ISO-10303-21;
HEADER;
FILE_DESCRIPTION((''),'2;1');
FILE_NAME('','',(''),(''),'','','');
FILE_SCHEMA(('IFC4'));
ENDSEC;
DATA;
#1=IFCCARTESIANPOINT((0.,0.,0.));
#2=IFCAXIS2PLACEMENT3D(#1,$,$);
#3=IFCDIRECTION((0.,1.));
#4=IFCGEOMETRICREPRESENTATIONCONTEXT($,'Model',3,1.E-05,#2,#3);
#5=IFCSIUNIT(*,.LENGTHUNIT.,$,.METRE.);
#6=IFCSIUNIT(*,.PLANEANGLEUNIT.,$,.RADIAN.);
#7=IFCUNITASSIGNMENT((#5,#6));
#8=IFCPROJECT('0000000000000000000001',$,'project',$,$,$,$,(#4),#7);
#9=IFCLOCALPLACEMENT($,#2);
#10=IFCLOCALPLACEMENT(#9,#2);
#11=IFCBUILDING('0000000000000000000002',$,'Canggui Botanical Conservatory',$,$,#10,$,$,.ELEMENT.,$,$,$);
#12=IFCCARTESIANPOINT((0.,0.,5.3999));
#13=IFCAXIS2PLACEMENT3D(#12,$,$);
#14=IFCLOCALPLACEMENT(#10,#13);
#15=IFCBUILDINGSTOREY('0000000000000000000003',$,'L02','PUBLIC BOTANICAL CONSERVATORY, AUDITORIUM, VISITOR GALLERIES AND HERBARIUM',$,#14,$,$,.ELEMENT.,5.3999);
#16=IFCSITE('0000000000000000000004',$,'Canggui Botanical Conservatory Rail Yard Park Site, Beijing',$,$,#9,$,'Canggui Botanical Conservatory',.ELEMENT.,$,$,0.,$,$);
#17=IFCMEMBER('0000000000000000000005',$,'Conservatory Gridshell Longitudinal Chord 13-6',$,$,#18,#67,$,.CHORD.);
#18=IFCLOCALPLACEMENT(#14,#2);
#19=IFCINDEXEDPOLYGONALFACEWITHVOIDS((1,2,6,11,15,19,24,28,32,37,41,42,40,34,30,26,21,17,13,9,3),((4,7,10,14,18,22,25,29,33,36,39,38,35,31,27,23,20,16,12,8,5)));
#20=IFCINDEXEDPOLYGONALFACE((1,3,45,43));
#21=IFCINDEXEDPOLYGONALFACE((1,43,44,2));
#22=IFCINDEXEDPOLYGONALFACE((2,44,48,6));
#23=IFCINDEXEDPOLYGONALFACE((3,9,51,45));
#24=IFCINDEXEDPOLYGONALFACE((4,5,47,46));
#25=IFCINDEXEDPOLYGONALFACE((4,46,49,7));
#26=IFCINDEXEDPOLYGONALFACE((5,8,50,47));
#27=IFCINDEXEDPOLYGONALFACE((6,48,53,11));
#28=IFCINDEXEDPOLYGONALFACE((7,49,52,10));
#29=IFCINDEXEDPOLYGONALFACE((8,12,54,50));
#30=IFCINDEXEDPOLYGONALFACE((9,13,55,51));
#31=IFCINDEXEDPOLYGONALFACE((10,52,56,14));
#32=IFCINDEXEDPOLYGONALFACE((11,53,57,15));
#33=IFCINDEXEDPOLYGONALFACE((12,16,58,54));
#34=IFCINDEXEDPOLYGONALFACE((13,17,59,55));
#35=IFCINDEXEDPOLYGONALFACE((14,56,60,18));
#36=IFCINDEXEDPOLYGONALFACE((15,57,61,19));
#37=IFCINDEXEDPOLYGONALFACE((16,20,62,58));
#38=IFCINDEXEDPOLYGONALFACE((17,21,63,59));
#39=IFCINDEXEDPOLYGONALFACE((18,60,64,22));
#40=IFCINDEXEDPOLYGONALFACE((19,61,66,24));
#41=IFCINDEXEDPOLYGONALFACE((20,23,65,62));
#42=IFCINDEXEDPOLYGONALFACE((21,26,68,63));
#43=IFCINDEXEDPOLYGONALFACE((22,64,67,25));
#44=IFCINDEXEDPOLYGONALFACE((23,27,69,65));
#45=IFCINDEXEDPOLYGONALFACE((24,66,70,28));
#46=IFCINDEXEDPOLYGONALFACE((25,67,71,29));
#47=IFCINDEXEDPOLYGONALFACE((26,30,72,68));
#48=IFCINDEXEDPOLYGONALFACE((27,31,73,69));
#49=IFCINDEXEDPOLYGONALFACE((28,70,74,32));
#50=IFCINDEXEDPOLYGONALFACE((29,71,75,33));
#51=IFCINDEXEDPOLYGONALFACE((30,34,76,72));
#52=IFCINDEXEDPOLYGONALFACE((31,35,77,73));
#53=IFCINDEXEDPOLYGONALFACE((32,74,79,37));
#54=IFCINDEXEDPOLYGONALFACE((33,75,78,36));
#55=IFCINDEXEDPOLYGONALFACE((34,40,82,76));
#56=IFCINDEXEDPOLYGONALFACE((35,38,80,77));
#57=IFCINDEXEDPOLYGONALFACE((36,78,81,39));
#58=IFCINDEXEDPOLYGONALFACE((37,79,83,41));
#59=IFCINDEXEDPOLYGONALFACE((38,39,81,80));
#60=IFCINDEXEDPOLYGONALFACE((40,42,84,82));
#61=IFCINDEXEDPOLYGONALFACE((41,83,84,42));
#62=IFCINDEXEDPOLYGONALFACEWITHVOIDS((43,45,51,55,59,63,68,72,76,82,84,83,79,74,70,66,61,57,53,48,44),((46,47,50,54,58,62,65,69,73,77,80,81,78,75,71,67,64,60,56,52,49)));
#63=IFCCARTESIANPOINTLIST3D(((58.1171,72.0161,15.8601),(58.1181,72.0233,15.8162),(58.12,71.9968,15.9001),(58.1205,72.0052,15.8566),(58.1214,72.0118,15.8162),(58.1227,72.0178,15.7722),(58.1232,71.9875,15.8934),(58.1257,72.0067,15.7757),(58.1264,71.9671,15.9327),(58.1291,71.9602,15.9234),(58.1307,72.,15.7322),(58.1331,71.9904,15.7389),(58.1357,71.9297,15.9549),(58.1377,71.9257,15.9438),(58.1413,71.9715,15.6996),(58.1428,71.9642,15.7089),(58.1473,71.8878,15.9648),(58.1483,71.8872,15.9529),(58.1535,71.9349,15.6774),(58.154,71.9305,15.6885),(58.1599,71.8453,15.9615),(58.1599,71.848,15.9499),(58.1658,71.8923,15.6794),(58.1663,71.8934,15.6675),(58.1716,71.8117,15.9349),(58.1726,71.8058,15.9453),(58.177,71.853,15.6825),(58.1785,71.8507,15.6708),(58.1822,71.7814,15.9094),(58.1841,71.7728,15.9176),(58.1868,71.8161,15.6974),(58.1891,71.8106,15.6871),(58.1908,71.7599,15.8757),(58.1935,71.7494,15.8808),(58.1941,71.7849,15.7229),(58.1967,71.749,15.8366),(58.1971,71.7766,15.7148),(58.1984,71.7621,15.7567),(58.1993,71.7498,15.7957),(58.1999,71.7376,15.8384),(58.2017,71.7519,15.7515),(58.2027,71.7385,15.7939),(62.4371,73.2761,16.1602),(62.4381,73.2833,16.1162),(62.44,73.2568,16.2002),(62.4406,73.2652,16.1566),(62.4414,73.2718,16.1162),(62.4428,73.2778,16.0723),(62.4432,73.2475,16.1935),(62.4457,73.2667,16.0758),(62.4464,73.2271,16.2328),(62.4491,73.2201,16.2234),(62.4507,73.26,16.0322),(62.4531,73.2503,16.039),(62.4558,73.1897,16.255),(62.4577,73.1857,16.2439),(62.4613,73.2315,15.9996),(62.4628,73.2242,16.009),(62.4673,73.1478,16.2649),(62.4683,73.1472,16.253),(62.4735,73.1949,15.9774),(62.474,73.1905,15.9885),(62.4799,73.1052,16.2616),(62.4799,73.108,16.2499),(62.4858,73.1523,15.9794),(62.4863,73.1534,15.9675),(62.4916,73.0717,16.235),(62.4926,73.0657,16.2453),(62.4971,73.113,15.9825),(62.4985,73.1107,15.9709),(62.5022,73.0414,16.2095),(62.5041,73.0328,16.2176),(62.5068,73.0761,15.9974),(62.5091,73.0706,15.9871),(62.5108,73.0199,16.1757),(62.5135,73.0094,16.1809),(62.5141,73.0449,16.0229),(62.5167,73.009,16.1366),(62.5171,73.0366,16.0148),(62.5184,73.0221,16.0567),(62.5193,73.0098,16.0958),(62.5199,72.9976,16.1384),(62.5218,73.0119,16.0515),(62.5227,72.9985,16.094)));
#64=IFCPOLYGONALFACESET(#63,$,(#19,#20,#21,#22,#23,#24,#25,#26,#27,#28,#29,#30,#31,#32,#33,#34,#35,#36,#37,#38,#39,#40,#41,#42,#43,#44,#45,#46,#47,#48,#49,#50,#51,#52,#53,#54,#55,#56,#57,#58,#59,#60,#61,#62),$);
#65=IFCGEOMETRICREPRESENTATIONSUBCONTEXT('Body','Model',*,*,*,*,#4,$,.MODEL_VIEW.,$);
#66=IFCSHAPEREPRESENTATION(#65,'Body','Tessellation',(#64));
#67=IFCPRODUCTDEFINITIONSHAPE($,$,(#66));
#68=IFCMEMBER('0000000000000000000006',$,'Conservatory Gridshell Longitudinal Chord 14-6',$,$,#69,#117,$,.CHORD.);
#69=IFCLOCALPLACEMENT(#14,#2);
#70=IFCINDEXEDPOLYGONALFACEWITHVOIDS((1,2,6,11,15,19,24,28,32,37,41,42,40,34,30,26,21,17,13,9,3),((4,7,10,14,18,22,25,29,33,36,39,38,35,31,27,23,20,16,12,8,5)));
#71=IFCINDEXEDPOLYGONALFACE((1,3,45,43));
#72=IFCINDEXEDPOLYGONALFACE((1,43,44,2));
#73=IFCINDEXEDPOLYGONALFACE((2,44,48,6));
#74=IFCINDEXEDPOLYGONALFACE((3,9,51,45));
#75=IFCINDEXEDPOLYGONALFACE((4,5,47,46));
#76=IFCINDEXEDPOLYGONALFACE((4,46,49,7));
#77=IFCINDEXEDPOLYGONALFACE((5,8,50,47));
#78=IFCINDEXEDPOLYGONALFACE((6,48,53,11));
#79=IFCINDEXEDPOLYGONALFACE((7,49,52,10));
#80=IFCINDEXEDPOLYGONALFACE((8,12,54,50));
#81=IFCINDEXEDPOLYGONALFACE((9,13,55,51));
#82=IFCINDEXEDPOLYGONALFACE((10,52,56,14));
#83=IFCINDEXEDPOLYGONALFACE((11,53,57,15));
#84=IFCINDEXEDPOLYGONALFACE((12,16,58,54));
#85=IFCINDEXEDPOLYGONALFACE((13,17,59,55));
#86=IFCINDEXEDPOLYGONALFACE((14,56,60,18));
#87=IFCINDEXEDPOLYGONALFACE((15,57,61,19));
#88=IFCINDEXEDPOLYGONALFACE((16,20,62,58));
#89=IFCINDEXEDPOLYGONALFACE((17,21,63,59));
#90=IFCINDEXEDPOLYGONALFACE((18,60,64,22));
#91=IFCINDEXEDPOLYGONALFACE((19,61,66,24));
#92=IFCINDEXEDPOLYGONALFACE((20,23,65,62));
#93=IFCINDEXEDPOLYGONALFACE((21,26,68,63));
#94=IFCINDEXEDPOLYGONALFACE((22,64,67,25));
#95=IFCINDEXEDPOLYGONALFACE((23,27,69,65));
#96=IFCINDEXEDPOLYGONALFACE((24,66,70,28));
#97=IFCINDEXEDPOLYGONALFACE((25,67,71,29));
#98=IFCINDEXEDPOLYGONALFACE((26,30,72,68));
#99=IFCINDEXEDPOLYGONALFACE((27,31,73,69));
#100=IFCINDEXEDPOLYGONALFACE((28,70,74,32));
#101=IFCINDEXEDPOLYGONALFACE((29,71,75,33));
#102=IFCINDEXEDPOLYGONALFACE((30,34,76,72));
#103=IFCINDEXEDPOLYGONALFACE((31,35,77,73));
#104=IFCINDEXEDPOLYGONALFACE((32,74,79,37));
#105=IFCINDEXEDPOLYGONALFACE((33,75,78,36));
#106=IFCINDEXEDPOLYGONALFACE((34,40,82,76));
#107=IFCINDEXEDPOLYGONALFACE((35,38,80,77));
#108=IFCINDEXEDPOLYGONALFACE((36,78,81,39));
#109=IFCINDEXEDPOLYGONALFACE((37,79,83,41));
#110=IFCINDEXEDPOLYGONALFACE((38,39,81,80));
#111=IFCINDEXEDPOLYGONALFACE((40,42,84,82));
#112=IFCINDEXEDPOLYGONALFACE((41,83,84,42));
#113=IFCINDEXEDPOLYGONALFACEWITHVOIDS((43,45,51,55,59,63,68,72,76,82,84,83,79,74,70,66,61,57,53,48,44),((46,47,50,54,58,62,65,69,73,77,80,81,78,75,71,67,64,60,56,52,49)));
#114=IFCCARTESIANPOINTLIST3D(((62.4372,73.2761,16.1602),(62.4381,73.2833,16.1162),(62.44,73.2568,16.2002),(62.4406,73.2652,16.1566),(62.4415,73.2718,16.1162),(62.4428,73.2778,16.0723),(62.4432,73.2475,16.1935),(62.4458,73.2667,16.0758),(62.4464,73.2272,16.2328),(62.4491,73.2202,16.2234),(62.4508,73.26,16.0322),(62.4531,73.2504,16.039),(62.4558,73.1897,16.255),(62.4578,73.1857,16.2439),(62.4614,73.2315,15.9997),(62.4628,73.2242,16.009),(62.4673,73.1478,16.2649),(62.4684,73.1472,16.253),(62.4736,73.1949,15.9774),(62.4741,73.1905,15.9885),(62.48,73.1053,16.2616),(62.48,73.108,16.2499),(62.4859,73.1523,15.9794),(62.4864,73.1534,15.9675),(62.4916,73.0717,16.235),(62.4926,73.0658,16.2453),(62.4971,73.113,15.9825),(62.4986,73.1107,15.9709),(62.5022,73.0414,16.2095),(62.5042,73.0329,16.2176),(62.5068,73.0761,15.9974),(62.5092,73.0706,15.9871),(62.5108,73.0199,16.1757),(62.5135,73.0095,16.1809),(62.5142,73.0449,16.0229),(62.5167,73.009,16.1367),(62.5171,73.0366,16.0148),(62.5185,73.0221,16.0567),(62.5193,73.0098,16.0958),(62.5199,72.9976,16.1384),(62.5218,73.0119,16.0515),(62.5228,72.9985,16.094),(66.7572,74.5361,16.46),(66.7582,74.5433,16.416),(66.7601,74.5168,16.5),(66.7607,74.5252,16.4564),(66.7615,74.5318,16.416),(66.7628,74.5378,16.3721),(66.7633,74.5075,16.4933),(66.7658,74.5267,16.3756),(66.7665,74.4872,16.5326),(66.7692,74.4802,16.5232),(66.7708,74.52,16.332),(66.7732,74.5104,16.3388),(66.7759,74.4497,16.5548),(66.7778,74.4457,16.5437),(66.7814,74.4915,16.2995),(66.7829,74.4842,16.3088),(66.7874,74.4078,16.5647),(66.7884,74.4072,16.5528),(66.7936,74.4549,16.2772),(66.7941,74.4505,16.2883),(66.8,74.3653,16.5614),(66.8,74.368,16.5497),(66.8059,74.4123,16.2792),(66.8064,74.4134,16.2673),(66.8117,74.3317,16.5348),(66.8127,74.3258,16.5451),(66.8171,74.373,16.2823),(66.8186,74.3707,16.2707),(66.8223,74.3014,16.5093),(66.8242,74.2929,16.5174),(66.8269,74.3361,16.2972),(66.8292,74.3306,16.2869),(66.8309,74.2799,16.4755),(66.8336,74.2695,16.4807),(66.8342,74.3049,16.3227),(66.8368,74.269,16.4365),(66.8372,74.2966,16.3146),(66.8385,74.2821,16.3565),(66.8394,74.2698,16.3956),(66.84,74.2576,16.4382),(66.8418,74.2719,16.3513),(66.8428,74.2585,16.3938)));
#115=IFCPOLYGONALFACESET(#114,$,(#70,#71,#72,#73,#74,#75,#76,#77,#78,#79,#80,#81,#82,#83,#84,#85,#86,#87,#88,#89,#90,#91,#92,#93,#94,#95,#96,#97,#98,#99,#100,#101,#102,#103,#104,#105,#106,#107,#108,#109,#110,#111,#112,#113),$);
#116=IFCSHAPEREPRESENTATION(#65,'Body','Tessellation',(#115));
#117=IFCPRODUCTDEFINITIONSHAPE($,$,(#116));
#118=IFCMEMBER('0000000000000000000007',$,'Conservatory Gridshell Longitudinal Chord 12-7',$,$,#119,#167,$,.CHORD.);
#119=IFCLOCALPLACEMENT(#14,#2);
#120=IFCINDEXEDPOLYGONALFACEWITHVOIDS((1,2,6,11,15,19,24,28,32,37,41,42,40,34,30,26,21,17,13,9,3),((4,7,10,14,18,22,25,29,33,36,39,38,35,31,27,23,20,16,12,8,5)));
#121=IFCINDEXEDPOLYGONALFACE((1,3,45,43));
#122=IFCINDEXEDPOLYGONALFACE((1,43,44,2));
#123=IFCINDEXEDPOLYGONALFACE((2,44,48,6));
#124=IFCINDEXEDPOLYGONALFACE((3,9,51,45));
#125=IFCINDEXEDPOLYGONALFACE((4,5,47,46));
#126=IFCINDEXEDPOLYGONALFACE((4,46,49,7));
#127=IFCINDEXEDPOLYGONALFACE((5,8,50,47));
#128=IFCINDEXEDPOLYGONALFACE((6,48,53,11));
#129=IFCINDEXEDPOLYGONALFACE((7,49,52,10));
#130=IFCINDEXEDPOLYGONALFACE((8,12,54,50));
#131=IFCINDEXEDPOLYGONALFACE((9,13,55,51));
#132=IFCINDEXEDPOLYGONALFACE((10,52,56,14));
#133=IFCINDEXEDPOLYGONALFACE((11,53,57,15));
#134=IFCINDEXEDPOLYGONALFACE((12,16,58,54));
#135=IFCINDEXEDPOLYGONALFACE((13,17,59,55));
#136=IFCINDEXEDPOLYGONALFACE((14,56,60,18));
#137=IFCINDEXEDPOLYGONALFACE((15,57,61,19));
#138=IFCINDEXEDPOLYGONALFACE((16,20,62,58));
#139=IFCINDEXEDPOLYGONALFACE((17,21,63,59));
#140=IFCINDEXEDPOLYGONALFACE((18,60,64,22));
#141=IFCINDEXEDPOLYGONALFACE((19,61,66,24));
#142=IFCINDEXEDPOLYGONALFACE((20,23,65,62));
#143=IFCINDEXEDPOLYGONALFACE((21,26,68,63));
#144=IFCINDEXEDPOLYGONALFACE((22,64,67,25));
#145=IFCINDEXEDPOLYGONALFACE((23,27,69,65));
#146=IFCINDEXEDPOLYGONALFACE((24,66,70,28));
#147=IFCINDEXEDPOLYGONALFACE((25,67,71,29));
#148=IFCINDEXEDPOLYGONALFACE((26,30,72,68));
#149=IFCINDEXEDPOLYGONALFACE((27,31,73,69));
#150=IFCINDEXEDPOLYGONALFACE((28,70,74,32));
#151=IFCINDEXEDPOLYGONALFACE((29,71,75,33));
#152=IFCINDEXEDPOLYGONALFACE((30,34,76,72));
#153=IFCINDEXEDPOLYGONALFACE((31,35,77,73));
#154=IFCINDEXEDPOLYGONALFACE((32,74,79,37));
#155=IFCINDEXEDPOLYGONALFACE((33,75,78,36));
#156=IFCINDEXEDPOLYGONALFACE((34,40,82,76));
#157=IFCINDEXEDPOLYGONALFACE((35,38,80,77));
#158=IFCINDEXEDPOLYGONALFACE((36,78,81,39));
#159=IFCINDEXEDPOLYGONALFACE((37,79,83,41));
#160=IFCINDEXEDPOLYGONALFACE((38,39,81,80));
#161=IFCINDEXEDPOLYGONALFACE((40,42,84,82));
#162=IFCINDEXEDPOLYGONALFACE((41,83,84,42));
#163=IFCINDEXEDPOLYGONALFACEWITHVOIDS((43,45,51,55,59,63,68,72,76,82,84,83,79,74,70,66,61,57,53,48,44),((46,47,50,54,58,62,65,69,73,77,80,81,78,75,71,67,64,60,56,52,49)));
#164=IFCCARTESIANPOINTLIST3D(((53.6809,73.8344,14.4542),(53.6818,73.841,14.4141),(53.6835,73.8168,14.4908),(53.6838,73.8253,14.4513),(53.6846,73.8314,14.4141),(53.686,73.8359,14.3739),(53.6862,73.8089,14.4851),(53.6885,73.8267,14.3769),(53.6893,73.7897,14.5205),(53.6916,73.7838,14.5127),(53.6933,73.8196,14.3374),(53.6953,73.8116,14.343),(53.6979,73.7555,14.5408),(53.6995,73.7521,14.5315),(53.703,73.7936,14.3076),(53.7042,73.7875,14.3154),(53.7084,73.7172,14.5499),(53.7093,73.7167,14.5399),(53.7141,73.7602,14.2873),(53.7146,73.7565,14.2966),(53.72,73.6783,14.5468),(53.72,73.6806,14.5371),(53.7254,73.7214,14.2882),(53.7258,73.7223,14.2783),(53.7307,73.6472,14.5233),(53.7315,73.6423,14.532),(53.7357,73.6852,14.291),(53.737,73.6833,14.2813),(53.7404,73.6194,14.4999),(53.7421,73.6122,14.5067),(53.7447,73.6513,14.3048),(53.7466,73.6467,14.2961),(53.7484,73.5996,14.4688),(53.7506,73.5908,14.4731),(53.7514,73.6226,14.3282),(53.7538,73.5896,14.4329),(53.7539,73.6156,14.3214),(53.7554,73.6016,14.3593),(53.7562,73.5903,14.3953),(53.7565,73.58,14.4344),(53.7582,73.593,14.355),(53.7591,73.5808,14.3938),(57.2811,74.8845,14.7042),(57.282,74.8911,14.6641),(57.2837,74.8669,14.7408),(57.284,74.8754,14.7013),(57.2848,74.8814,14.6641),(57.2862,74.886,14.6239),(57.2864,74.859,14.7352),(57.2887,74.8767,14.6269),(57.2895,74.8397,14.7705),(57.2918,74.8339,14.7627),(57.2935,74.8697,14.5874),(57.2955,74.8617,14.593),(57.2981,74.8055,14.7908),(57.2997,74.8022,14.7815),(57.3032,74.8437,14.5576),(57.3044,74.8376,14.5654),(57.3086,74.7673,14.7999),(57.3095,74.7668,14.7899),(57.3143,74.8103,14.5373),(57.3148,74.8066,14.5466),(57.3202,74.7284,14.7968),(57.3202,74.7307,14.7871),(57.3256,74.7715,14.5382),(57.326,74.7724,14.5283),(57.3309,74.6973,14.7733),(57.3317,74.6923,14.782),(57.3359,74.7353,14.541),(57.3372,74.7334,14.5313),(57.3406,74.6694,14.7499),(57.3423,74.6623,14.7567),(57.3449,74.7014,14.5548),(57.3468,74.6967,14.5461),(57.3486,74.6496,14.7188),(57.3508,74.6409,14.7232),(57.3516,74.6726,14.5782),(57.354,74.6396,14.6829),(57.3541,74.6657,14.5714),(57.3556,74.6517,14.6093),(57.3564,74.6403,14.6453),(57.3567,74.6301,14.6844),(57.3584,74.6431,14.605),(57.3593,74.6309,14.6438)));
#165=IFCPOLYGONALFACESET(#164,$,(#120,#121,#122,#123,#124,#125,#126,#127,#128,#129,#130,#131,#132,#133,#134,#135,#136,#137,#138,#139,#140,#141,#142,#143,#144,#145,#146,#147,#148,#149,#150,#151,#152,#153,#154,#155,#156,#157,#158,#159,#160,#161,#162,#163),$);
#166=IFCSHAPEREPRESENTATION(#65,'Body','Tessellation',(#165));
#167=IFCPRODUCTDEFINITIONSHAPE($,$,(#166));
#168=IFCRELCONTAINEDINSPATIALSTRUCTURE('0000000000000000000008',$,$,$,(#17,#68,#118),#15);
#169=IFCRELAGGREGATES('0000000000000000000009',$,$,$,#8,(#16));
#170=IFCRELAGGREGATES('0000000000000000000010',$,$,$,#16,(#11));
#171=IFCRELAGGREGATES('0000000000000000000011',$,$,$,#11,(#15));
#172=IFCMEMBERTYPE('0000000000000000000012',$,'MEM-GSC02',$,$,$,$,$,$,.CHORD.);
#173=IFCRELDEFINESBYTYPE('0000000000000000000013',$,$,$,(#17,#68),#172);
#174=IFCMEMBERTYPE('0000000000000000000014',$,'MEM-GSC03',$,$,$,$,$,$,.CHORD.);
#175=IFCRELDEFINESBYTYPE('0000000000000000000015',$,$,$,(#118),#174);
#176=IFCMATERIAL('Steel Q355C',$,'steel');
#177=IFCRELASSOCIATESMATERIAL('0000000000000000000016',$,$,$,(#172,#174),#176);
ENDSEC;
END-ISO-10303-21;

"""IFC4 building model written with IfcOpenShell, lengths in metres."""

from ifc_helpers import new_model, si_unit, direction, frame, origin, origin_2d, place, context, subcontext, project, spatial, hollow_circle, extrude, material, material_profile, profile_set, type_object, element, save


model = new_model("IFC4")

# Units and contexts
model_context = context("Model", 3, precision=1e-05, world=origin(), true_north=direction((0.0, 1.0)))
body_context = subcontext(model_context, "Body", "Model", "MODEL_VIEW")
ifc_project = project(units=[si_unit("LENGTHUNIT", "METRE"), si_unit("PLANEANGLEUNIT", "RADIAN")], contexts=[model_context])

# Site, building, storey
site_placement = place(None, origin())
site = spatial("IfcSite", under=ifc_project, at=site_placement, Name="Canggui Botanical Conservatory Rail Yard Park Site, Beijing", LongName="Canggui Botanical Conservatory", CompositionType="ELEMENT", RefElevation=0.0)
building_placement = place(site_placement, origin())
building = spatial("IfcBuilding", under=site, at=building_placement, Name="Canggui Botanical Conservatory", CompositionType="ELEMENT")
storey_placement = place(building_placement, frame((0.0, 0.0, 5.3999)))
storey = spatial("IfcBuildingStorey", under=building, at=storey_placement, Name="L02", Description="PUBLIC BOTANICAL CONSERVATORY, AUDITORIUM, VISITOR GALLERIES AND HERBARIUM", CompositionType="ELEMENT", Elevation=5.3999)

# Shared definitions
ifc_material_1 = material(Name="Steel Q355C", Category="steel")

# Members
ifc_material_profile_1 = material_profile(ifc_material_1, hollow_circle(Radius=0.1494, WallThickness=0.012, at=origin_2d()), Name="CHS 299x12")
ifc_profile_set_1 = profile_set([ifc_material_profile_1], Name="Steel Q355C")
member_type_1 = type_object("IfcMemberType", Name="MEM-GSC02", PredefinedType="CHORD", material=ifc_profile_set_1)
for number, where, z_axis, x_axis, name in (
    (1, (58.1599, 71.8799, 15.8162), (0.957874, 0.279378, 0.066529), (-0.279998, 0.960001, 0.0), "Conservatory Gridshell Longitudinal Chord 13-6"),
    (2, (62.48, 73.1399, 16.1162), (0.957877, 0.279379, 0.066475), (-0.279998, 0.960001, 0.0), "Conservatory Gridshell Longitudinal Chord 14-6"),
):
    element("IfcMember", number, at=place(storey_placement, frame(where, z_axis=z_axis, x_axis=x_axis)), inside=storey, type_object=member_type_1, Name=name, PredefinedType="CHORD", context=body_context, shape_type="SweptSolid", body=[
        extrude(hollow_circle(Radius=0.1494, WallThickness=0.012, at=origin_2d()), origin(), (0.0, 0.0, 1.0), 4.51),
    ])
ifc_material_profile_2 = material_profile(ifc_material_1, hollow_circle(Radius=0.1365, WallThickness=0.01, at=origin_2d()), Name="CHS 273x10")
ifc_profile_set_2 = profile_set([ifc_material_profile_2], Name="Steel Q355C")
member_type_2 = type_object("IfcMemberType", Name="MEM-GSC03", PredefinedType="CHORD", material=ifc_profile_set_2)
member_1_placement = place(storey_placement, frame((53.72, 73.71, 14.4141), z_axis=(0.957872, 0.279385, 0.066517), x_axis=(-0.280005, 0.959999, 0.0)))
element("IfcMember", 3, at=member_1_placement, inside=storey, type_object=member_type_2, Name="Conservatory Gridshell Longitudinal Chord 12-7", PredefinedType="CHORD", context=body_context, shape_type="SweptSolid", body=[
    extrude(hollow_circle(Radius=0.1365, WallThickness=0.01, at=origin_2d()), origin(), (0.0, 0.0, 1.0), 3.7585),
])

save(model, "model.ifc")
